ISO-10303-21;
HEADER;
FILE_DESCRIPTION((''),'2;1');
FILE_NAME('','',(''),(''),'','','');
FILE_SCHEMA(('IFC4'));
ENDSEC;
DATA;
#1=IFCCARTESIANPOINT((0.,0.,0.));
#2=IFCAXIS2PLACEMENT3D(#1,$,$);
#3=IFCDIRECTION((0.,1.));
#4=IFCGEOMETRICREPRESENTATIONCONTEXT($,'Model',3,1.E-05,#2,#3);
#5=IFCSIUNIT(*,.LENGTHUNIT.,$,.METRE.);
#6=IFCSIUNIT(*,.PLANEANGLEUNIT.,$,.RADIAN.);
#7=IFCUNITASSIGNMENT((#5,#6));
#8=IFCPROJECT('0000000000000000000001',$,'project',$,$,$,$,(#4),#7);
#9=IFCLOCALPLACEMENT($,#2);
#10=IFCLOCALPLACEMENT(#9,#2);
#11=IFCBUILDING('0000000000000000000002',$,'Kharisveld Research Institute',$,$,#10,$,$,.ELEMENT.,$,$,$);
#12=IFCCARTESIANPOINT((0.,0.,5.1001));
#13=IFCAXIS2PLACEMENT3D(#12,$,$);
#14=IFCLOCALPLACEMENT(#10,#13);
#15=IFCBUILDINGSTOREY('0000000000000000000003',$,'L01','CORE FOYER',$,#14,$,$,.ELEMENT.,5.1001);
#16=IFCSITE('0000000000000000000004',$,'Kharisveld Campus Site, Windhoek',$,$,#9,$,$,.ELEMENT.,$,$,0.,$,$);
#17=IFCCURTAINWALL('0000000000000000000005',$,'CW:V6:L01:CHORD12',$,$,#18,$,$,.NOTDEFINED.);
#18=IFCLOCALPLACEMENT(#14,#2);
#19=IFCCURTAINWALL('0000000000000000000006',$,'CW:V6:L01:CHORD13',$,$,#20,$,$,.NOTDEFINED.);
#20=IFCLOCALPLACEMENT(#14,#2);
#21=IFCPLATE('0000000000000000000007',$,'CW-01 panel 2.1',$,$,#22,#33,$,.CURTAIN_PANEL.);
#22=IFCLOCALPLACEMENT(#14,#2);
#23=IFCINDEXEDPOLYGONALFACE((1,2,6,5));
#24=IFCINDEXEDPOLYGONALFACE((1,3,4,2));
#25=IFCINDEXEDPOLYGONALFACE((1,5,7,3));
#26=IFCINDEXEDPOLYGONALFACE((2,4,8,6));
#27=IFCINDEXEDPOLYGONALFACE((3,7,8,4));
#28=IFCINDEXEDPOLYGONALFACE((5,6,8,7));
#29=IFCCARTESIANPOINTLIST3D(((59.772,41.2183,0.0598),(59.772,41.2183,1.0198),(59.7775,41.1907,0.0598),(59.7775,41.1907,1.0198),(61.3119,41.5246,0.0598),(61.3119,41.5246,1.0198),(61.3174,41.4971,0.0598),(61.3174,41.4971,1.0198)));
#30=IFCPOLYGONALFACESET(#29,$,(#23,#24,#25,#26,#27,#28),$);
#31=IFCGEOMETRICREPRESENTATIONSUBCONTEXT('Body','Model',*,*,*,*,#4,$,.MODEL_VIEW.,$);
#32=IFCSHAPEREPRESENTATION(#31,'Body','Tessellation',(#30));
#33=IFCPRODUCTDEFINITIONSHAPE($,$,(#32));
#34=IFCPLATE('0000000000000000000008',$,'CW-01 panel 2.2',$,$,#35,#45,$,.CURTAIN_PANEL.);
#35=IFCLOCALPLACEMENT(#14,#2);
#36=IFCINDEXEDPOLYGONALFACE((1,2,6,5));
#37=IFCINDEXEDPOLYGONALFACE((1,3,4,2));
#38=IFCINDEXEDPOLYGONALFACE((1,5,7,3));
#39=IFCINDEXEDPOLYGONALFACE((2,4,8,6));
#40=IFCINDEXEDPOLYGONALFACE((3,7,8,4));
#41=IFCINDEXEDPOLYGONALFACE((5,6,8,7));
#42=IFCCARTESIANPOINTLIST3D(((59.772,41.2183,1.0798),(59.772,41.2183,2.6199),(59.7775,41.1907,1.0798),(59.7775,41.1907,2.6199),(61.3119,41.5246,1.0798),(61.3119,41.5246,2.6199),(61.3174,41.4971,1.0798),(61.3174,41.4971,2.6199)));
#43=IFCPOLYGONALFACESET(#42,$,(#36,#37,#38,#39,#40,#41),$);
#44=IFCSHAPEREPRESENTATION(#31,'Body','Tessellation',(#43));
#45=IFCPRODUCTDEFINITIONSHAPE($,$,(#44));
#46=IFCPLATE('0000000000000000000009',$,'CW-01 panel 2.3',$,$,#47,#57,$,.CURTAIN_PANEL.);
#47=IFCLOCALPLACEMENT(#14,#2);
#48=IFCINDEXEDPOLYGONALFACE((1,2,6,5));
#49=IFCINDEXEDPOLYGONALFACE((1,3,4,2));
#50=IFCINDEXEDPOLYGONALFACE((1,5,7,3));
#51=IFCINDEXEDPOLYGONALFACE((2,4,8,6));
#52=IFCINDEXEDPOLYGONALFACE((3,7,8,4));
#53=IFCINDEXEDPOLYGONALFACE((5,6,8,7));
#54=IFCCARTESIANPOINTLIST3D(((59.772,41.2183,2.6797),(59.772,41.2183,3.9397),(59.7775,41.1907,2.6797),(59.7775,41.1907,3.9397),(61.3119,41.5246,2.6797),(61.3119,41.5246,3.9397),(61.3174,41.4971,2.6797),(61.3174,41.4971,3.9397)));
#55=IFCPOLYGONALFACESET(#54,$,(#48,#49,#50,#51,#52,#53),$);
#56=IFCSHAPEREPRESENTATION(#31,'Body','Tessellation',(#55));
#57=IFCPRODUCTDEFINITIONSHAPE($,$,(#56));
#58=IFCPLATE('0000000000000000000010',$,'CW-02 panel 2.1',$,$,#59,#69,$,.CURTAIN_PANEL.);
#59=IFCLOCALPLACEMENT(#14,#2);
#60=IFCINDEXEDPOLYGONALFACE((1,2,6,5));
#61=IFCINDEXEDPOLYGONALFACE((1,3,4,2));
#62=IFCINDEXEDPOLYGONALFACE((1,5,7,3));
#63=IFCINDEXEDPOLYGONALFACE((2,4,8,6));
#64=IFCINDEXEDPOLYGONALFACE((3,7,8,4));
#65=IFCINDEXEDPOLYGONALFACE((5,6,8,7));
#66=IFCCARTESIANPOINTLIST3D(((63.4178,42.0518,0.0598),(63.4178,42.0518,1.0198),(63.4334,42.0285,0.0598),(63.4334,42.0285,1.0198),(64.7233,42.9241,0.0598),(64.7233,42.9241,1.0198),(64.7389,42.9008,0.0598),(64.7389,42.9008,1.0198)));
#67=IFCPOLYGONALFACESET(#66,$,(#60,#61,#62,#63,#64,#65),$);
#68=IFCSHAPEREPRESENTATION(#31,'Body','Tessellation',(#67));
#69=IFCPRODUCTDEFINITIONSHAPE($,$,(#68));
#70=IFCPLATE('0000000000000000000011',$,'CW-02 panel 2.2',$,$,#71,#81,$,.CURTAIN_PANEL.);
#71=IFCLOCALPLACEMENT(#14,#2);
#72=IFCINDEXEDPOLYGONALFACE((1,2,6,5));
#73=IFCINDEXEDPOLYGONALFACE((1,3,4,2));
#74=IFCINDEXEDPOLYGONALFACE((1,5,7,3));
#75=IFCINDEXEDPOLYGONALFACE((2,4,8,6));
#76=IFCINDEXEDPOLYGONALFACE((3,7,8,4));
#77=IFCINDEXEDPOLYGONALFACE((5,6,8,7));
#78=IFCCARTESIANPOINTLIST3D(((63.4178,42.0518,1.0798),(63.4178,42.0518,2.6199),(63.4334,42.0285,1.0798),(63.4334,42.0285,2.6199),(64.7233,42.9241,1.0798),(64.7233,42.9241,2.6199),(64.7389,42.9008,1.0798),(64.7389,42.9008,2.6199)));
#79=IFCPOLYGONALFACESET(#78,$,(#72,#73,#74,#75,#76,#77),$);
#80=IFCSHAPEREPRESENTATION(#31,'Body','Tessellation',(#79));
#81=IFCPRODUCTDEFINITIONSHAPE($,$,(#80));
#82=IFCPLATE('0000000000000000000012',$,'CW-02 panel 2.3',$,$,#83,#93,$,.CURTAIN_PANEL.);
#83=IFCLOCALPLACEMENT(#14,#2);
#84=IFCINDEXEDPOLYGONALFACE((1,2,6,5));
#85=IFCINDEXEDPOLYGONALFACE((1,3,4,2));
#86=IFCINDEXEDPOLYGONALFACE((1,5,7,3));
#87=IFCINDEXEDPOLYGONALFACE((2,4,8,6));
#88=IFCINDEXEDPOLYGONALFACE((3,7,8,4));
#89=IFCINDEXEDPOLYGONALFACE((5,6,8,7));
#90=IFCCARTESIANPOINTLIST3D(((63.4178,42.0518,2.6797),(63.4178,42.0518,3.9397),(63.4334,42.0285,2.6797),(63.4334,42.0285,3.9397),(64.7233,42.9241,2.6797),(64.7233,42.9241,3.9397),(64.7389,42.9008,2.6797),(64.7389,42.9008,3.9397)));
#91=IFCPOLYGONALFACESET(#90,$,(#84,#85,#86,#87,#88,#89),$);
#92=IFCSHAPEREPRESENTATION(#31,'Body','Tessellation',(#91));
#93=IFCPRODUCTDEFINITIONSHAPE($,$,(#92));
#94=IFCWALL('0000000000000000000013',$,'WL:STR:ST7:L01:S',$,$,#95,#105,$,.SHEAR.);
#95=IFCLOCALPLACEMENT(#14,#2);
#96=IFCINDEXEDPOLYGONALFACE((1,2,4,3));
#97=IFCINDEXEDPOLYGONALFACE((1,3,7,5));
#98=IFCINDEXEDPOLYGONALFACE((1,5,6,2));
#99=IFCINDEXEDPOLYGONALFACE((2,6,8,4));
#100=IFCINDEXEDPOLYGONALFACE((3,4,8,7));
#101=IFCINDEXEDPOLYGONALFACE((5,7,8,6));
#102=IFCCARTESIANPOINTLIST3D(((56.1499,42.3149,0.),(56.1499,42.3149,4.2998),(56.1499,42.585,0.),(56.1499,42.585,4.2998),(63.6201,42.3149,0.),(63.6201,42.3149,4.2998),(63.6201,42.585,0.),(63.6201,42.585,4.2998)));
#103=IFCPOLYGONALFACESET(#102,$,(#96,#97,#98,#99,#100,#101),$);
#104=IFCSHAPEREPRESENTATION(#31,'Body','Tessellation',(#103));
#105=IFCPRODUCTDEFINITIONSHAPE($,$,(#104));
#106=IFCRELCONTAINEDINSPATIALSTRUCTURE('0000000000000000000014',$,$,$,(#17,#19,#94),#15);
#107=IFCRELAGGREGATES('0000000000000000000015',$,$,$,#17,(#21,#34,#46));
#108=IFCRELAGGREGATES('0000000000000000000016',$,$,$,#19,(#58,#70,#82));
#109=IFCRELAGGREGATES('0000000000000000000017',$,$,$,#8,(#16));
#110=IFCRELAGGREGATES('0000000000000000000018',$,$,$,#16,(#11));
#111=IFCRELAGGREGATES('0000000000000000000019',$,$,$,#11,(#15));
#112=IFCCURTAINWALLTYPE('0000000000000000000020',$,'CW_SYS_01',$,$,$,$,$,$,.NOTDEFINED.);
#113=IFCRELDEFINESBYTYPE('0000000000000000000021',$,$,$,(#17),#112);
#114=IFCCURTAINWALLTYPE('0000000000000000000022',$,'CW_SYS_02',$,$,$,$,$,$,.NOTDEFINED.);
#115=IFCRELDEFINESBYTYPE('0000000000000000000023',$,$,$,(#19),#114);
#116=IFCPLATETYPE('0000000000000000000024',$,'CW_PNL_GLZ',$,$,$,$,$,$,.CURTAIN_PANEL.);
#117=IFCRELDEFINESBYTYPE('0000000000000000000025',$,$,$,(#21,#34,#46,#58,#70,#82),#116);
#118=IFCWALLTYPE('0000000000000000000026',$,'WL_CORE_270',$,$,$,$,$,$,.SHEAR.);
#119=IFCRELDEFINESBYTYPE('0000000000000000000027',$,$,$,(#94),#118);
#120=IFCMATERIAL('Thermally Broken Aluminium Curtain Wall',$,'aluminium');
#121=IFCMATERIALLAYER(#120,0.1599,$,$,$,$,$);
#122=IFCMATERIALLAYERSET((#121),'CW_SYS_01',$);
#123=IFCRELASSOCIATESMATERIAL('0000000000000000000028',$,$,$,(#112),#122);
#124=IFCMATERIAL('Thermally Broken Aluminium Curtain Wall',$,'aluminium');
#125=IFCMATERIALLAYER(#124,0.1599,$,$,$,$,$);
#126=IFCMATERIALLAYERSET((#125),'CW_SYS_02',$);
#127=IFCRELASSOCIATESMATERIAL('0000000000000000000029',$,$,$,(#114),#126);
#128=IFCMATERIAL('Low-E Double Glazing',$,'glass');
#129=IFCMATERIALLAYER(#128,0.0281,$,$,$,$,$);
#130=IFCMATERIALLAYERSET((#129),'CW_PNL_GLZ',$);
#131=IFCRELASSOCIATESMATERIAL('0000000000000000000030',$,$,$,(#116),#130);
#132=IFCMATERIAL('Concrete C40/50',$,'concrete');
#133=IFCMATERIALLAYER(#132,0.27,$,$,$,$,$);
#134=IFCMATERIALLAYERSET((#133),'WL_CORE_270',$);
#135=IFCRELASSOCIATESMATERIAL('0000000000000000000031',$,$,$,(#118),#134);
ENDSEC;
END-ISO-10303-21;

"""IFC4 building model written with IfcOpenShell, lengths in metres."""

from ifc_helpers import new_model, si_unit, direction, frame, frame_2d, origin, origin_2d, place, context, subcontext, project, spatial, rectangle, extrude, material, layer, layer_set, type_object, element, aggregate, save


model = new_model("IFC4")

# Units and contexts
model_context = context("Model", 3, precision=1e-05, world=origin(), true_north=direction((0.0, 1.0)))
body_context = subcontext(model_context, "Body", "Model", "MODEL_VIEW")
ifc_project = project(units=[si_unit("LENGTHUNIT", "METRE"), si_unit("PLANEANGLEUNIT", "RADIAN")], contexts=[model_context])

# Site, building, storey
site_placement = place(None, origin())
site = spatial("IfcSite", under=ifc_project, at=site_placement, Name="Kharisveld Campus Site, Windhoek", CompositionType="ELEMENT", RefElevation=0.0)
building_placement = place(site_placement, origin())
building = spatial("IfcBuilding", under=site, at=building_placement, Name="Kharisveld Research Institute", CompositionType="ELEMENT")
storey_placement = place(building_placement, frame((0.0, 0.0, 5.1001)))
storey = spatial("IfcBuildingStorey", under=building, at=storey_placement, Name="L01", Description="CORE FOYER", CompositionType="ELEMENT", Elevation=5.1001)

# Curtain wall
ifc_material_1 = material(Name="Thermally Broken Aluminium Curtain Wall", Category="aluminium")
ifc_layer_1 = layer(ifc_material_1, 0.1599)
ifc_layer_set_1 = layer_set([ifc_layer_1], Name="CW_SYS_01")
curtain_wall_type_1 = type_object("IfcCurtainWallType", Name="CW_SYS_01", PredefinedType="NOTDEFINED", material=ifc_layer_set_1)
curtain_wall_1_placement = place(storey_placement, origin())
curtain_wall_1 = element("IfcCurtainWall", 1, at=curtain_wall_1_placement, inside=storey, type_object=curtain_wall_type_1, Name="CW:V6:L01:CHORD12", PredefinedType="NOTDEFINED")

# Curtain wall
ifc_material_2 = material(Name="Thermally Broken Aluminium Curtain Wall", Category="aluminium")
ifc_layer_2 = layer(ifc_material_2, 0.1599)
ifc_layer_set_2 = layer_set([ifc_layer_2], Name="CW_SYS_02")
curtain_wall_type_2 = type_object("IfcCurtainWallType", Name="CW_SYS_02", PredefinedType="NOTDEFINED", material=ifc_layer_set_2)
curtain_wall_2_placement = place(storey_placement, origin())
curtain_wall_2 = element("IfcCurtainWall", 2, at=curtain_wall_2_placement, inside=storey, type_object=curtain_wall_type_2, Name="CW:V6:L01:CHORD13", PredefinedType="NOTDEFINED")

# Plates
ifc_material_3 = material(Name="Low-E Double Glazing", Category="glass")
ifc_layer_3 = layer(ifc_material_3, 0.0281)
ifc_layer_set_3 = layer_set([ifc_layer_3], Name="CW_PNL_GLZ")
plate_type = type_object("IfcPlateType", Name="CW_PNL_GLZ", PredefinedType="CURTAIN_PANEL", material=ifc_layer_set_3)
plate_1_placement = place(storey_placement, frame((60.5447, 41.3577, 0.0598), z_axis=(0.0, 0.0, 1.0), x_axis=(-0.980785, -0.195091, 0.0)))
plate_1 = element("IfcPlate", 3, at=plate_1_placement, type_object=plate_type, Name="CW-01 panel 2.1", PredefinedType="CURTAIN_PANEL", context=body_context, shape_type="SweptSolid", body=[
    extrude(rectangle(XDim=1.5701, YDim=0.0281, at=origin_2d()), origin(), (0.0, 0.0, 1.0), 0.96),
])
plate_2_placement = place(storey_placement, frame((60.5447, 41.3577, 1.0798), z_axis=(0.0, 0.0, 1.0), x_axis=(-0.980785, -0.195091, 0.0)))
plate_2 = element("IfcPlate", 4, at=plate_2_placement, type_object=plate_type, Name="CW-01 panel 2.2", PredefinedType="CURTAIN_PANEL", context=body_context, shape_type="SweptSolid", body=[
    extrude(rectangle(XDim=1.5701, YDim=0.0281, at=origin_2d()), origin(), (0.0, 0.0, 1.0), 1.54),
])
plate_3_placement = place(storey_placement, frame((60.5447, 41.3577, 2.6797), z_axis=(0.0, 0.0, 1.0), x_axis=(-0.980785, -0.195091, 0.0)))
plate_3 = element("IfcPlate", 5, at=plate_3_placement, type_object=plate_type, Name="CW-01 panel 2.3", PredefinedType="CURTAIN_PANEL", context=body_context, shape_type="SweptSolid", body=[
    extrude(rectangle(XDim=1.5701, YDim=0.0281, at=origin_2d()), origin(), (0.0, 0.0, 1.0), 1.26),
])
aggregate(curtain_wall_1, [plate_1, plate_2, plate_3])
plate_4_placement = place(storey_placement, frame((64.0784, 42.4763, 0.0598), z_axis=(0.0, 0.0, 1.0), x_axis=(-0.83147, -0.55557, 0.0)))
plate_4 = element("IfcPlate", 6, at=plate_4_placement, type_object=plate_type, Name="CW-02 panel 2.1", PredefinedType="CURTAIN_PANEL", context=body_context, shape_type="SweptSolid", body=[
    extrude(rectangle(XDim=1.5701, YDim=0.0281, at=origin_2d()), origin(), (0.0, 0.0, 1.0), 0.96),
])
plate_5_placement = place(storey_placement, frame((64.0784, 42.4763, 1.0798), z_axis=(0.0, 0.0, 1.0), x_axis=(-0.83147, -0.55557, 0.0)))
plate_5 = element("IfcPlate", 7, at=plate_5_placement, type_object=plate_type, Name="CW-02 panel 2.2", PredefinedType="CURTAIN_PANEL", context=body_context, shape_type="SweptSolid", body=[
    extrude(rectangle(XDim=1.5701, YDim=0.0281, at=origin_2d()), origin(), (0.0, 0.0, 1.0), 1.54),
])
plate_6_placement = place(storey_placement, frame((64.0784, 42.4763, 2.6797), z_axis=(0.0, 0.0, 1.0), x_axis=(-0.83147, -0.55557, 0.0)))
plate_6 = element("IfcPlate", 8, at=plate_6_placement, type_object=plate_type, Name="CW-02 panel 2.3", PredefinedType="CURTAIN_PANEL", context=body_context, shape_type="SweptSolid", body=[
    extrude(rectangle(XDim=1.5701, YDim=0.0281, at=origin_2d()), origin(), (0.0, 0.0, 1.0), 1.26),
])
aggregate(curtain_wall_2, [plate_4, plate_5, plate_6])

# Wall
ifc_material_4 = material(Name="Concrete C40/50", Category="concrete")
ifc_layer_4 = layer(ifc_material_4, 0.27)
ifc_layer_set_4 = layer_set([ifc_layer_4], Name="WL_CORE_270")
wall_type = type_object("IfcWallType", Name="WL_CORE_270", PredefinedType="SHEAR", material=ifc_layer_set_4)
wall_placement = place(storey_placement, frame((63.6201, 42.45, 0.0), z_axis=(0.0, 0.0, 1.0), x_axis=(-1.0, 0.0, 0.0)))
element("IfcWall", 9, at=wall_placement, inside=storey, type_object=wall_type, Name="WL:STR:ST7:L01:S", PredefinedType="SHEAR", context=body_context, shape_type="SweptSolid", body=[
    extrude(rectangle(XDim=7.4702, YDim=0.27, at=frame_2d((3.7351, 0.0))), origin(), (0.0, 0.0, 1.0), 4.2998),
])

save(model, "model.ifc")
